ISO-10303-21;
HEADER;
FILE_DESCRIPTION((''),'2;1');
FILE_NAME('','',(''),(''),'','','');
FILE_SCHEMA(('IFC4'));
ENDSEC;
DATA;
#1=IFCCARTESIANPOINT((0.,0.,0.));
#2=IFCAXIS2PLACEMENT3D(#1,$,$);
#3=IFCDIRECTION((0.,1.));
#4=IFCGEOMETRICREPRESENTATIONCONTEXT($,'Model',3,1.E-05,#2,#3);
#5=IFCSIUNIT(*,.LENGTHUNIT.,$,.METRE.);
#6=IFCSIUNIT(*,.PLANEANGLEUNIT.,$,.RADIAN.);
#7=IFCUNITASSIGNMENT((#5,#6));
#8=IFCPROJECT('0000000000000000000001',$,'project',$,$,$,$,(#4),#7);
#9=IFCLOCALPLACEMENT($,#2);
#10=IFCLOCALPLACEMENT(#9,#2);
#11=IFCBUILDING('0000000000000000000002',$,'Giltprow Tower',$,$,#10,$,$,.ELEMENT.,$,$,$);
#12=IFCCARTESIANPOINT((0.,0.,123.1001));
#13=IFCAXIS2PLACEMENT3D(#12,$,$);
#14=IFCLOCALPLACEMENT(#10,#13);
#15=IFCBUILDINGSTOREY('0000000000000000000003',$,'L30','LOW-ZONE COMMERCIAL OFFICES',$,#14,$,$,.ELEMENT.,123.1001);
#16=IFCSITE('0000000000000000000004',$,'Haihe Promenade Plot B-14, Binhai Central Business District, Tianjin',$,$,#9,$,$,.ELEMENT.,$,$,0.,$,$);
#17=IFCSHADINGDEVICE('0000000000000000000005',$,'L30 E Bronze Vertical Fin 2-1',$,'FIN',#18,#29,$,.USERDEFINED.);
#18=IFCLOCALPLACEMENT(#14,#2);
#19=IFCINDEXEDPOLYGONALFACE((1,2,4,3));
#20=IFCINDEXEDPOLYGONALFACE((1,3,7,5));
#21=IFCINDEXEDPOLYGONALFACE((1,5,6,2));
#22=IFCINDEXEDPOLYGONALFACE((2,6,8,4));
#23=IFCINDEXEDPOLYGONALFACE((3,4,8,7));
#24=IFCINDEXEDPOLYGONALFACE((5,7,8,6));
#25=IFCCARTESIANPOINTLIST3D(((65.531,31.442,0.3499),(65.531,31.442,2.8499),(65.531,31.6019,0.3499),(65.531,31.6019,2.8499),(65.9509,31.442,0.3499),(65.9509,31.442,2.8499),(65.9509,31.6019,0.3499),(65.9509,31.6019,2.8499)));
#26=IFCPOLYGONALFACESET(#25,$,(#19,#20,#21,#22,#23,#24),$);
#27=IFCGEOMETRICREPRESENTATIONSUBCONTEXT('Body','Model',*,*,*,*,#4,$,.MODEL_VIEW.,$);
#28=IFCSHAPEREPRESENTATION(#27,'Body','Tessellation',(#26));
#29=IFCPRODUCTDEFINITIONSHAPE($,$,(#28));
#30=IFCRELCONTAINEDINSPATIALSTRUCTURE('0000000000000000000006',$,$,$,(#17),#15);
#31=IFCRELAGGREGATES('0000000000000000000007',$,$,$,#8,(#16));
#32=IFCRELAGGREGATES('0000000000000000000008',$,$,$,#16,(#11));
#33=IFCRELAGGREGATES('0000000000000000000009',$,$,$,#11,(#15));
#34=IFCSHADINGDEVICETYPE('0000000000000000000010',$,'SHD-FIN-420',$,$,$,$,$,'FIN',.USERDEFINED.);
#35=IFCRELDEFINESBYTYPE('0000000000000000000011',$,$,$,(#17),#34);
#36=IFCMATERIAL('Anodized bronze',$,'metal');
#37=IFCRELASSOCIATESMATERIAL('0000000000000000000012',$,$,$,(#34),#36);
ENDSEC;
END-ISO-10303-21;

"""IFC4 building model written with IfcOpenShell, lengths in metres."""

from ifc_helpers import new_model, si_unit, direction, frame, origin, origin_2d, place, context, subcontext, project, spatial, rectangle, extrude, source, transform, mapped, material, type_object, element, save


model = new_model("IFC4")

# Units and contexts
model_context = context("Model", 3, precision=1e-05, world=origin(), true_north=direction((0.0, 1.0)))
body_context = subcontext(model_context, "Body", "Model", "MODEL_VIEW")
ifc_project = project(units=[si_unit("LENGTHUNIT", "METRE"), si_unit("PLANEANGLEUNIT", "RADIAN")], contexts=[model_context])

# Site, building, storey
site_placement = place(None, origin())
site = spatial("IfcSite", under=ifc_project, at=site_placement, Name="Haihe Promenade Plot B-14, Binhai Central Business District, Tianjin", CompositionType="ELEMENT", RefElevation=0.0)
building_placement = place(site_placement, origin())
building = spatial("IfcBuilding", under=site, at=building_placement, Name="Giltprow Tower", CompositionType="ELEMENT")
storey_placement = place(building_placement, frame((0.0, 0.0, 123.1001)))
storey = spatial("IfcBuildingStorey", under=building, at=storey_placement, Name="L30", Description="LOW-ZONE COMMERCIAL OFFICES", CompositionType="ELEMENT", Elevation=123.1001)

# Shared definitions
ifc_material_1 = material(Name="Anodized bronze", Category="metal")

# Shading device
shading_device_type = type_object("IfcShadingDeviceType", Name="SHD-FIN-420", ElementType="FIN", PredefinedType="USERDEFINED", material=ifc_material_1)
shared_shape_1 = source(origin(), body_context, "Body", "SweptSolid", [
    extrude(rectangle(XDim=0.4199, YDim=0.1599, at=origin_2d()), origin(), (0.0, 0.0, 1.0), 2.5),
])
shading_device_placement = place(storey_placement, frame((65.741, 31.522, 0.3499), z_axis=(0.0, 0.0, 1.0), x_axis=(1.0, 0.0, 0.0)))
element("IfcShadingDevice", 1, at=shading_device_placement, inside=storey, type_object=shading_device_type, Name="L30 E Bronze Vertical Fin 2-1", ObjectType="FIN", PredefinedType="USERDEFINED", context=body_context, shape_type="MappedRepresentation", body=[
    mapped(shared_shape_1, transform((0.0, 0.0, 0.0), x_axis=(1.0, 0.0, 0.0), y_axis=(0.0, 1.0, 0.0), z_axis=(0.0, 0.0, 1.0), scale=1.0)),
])

save(model, "model.ifc")
